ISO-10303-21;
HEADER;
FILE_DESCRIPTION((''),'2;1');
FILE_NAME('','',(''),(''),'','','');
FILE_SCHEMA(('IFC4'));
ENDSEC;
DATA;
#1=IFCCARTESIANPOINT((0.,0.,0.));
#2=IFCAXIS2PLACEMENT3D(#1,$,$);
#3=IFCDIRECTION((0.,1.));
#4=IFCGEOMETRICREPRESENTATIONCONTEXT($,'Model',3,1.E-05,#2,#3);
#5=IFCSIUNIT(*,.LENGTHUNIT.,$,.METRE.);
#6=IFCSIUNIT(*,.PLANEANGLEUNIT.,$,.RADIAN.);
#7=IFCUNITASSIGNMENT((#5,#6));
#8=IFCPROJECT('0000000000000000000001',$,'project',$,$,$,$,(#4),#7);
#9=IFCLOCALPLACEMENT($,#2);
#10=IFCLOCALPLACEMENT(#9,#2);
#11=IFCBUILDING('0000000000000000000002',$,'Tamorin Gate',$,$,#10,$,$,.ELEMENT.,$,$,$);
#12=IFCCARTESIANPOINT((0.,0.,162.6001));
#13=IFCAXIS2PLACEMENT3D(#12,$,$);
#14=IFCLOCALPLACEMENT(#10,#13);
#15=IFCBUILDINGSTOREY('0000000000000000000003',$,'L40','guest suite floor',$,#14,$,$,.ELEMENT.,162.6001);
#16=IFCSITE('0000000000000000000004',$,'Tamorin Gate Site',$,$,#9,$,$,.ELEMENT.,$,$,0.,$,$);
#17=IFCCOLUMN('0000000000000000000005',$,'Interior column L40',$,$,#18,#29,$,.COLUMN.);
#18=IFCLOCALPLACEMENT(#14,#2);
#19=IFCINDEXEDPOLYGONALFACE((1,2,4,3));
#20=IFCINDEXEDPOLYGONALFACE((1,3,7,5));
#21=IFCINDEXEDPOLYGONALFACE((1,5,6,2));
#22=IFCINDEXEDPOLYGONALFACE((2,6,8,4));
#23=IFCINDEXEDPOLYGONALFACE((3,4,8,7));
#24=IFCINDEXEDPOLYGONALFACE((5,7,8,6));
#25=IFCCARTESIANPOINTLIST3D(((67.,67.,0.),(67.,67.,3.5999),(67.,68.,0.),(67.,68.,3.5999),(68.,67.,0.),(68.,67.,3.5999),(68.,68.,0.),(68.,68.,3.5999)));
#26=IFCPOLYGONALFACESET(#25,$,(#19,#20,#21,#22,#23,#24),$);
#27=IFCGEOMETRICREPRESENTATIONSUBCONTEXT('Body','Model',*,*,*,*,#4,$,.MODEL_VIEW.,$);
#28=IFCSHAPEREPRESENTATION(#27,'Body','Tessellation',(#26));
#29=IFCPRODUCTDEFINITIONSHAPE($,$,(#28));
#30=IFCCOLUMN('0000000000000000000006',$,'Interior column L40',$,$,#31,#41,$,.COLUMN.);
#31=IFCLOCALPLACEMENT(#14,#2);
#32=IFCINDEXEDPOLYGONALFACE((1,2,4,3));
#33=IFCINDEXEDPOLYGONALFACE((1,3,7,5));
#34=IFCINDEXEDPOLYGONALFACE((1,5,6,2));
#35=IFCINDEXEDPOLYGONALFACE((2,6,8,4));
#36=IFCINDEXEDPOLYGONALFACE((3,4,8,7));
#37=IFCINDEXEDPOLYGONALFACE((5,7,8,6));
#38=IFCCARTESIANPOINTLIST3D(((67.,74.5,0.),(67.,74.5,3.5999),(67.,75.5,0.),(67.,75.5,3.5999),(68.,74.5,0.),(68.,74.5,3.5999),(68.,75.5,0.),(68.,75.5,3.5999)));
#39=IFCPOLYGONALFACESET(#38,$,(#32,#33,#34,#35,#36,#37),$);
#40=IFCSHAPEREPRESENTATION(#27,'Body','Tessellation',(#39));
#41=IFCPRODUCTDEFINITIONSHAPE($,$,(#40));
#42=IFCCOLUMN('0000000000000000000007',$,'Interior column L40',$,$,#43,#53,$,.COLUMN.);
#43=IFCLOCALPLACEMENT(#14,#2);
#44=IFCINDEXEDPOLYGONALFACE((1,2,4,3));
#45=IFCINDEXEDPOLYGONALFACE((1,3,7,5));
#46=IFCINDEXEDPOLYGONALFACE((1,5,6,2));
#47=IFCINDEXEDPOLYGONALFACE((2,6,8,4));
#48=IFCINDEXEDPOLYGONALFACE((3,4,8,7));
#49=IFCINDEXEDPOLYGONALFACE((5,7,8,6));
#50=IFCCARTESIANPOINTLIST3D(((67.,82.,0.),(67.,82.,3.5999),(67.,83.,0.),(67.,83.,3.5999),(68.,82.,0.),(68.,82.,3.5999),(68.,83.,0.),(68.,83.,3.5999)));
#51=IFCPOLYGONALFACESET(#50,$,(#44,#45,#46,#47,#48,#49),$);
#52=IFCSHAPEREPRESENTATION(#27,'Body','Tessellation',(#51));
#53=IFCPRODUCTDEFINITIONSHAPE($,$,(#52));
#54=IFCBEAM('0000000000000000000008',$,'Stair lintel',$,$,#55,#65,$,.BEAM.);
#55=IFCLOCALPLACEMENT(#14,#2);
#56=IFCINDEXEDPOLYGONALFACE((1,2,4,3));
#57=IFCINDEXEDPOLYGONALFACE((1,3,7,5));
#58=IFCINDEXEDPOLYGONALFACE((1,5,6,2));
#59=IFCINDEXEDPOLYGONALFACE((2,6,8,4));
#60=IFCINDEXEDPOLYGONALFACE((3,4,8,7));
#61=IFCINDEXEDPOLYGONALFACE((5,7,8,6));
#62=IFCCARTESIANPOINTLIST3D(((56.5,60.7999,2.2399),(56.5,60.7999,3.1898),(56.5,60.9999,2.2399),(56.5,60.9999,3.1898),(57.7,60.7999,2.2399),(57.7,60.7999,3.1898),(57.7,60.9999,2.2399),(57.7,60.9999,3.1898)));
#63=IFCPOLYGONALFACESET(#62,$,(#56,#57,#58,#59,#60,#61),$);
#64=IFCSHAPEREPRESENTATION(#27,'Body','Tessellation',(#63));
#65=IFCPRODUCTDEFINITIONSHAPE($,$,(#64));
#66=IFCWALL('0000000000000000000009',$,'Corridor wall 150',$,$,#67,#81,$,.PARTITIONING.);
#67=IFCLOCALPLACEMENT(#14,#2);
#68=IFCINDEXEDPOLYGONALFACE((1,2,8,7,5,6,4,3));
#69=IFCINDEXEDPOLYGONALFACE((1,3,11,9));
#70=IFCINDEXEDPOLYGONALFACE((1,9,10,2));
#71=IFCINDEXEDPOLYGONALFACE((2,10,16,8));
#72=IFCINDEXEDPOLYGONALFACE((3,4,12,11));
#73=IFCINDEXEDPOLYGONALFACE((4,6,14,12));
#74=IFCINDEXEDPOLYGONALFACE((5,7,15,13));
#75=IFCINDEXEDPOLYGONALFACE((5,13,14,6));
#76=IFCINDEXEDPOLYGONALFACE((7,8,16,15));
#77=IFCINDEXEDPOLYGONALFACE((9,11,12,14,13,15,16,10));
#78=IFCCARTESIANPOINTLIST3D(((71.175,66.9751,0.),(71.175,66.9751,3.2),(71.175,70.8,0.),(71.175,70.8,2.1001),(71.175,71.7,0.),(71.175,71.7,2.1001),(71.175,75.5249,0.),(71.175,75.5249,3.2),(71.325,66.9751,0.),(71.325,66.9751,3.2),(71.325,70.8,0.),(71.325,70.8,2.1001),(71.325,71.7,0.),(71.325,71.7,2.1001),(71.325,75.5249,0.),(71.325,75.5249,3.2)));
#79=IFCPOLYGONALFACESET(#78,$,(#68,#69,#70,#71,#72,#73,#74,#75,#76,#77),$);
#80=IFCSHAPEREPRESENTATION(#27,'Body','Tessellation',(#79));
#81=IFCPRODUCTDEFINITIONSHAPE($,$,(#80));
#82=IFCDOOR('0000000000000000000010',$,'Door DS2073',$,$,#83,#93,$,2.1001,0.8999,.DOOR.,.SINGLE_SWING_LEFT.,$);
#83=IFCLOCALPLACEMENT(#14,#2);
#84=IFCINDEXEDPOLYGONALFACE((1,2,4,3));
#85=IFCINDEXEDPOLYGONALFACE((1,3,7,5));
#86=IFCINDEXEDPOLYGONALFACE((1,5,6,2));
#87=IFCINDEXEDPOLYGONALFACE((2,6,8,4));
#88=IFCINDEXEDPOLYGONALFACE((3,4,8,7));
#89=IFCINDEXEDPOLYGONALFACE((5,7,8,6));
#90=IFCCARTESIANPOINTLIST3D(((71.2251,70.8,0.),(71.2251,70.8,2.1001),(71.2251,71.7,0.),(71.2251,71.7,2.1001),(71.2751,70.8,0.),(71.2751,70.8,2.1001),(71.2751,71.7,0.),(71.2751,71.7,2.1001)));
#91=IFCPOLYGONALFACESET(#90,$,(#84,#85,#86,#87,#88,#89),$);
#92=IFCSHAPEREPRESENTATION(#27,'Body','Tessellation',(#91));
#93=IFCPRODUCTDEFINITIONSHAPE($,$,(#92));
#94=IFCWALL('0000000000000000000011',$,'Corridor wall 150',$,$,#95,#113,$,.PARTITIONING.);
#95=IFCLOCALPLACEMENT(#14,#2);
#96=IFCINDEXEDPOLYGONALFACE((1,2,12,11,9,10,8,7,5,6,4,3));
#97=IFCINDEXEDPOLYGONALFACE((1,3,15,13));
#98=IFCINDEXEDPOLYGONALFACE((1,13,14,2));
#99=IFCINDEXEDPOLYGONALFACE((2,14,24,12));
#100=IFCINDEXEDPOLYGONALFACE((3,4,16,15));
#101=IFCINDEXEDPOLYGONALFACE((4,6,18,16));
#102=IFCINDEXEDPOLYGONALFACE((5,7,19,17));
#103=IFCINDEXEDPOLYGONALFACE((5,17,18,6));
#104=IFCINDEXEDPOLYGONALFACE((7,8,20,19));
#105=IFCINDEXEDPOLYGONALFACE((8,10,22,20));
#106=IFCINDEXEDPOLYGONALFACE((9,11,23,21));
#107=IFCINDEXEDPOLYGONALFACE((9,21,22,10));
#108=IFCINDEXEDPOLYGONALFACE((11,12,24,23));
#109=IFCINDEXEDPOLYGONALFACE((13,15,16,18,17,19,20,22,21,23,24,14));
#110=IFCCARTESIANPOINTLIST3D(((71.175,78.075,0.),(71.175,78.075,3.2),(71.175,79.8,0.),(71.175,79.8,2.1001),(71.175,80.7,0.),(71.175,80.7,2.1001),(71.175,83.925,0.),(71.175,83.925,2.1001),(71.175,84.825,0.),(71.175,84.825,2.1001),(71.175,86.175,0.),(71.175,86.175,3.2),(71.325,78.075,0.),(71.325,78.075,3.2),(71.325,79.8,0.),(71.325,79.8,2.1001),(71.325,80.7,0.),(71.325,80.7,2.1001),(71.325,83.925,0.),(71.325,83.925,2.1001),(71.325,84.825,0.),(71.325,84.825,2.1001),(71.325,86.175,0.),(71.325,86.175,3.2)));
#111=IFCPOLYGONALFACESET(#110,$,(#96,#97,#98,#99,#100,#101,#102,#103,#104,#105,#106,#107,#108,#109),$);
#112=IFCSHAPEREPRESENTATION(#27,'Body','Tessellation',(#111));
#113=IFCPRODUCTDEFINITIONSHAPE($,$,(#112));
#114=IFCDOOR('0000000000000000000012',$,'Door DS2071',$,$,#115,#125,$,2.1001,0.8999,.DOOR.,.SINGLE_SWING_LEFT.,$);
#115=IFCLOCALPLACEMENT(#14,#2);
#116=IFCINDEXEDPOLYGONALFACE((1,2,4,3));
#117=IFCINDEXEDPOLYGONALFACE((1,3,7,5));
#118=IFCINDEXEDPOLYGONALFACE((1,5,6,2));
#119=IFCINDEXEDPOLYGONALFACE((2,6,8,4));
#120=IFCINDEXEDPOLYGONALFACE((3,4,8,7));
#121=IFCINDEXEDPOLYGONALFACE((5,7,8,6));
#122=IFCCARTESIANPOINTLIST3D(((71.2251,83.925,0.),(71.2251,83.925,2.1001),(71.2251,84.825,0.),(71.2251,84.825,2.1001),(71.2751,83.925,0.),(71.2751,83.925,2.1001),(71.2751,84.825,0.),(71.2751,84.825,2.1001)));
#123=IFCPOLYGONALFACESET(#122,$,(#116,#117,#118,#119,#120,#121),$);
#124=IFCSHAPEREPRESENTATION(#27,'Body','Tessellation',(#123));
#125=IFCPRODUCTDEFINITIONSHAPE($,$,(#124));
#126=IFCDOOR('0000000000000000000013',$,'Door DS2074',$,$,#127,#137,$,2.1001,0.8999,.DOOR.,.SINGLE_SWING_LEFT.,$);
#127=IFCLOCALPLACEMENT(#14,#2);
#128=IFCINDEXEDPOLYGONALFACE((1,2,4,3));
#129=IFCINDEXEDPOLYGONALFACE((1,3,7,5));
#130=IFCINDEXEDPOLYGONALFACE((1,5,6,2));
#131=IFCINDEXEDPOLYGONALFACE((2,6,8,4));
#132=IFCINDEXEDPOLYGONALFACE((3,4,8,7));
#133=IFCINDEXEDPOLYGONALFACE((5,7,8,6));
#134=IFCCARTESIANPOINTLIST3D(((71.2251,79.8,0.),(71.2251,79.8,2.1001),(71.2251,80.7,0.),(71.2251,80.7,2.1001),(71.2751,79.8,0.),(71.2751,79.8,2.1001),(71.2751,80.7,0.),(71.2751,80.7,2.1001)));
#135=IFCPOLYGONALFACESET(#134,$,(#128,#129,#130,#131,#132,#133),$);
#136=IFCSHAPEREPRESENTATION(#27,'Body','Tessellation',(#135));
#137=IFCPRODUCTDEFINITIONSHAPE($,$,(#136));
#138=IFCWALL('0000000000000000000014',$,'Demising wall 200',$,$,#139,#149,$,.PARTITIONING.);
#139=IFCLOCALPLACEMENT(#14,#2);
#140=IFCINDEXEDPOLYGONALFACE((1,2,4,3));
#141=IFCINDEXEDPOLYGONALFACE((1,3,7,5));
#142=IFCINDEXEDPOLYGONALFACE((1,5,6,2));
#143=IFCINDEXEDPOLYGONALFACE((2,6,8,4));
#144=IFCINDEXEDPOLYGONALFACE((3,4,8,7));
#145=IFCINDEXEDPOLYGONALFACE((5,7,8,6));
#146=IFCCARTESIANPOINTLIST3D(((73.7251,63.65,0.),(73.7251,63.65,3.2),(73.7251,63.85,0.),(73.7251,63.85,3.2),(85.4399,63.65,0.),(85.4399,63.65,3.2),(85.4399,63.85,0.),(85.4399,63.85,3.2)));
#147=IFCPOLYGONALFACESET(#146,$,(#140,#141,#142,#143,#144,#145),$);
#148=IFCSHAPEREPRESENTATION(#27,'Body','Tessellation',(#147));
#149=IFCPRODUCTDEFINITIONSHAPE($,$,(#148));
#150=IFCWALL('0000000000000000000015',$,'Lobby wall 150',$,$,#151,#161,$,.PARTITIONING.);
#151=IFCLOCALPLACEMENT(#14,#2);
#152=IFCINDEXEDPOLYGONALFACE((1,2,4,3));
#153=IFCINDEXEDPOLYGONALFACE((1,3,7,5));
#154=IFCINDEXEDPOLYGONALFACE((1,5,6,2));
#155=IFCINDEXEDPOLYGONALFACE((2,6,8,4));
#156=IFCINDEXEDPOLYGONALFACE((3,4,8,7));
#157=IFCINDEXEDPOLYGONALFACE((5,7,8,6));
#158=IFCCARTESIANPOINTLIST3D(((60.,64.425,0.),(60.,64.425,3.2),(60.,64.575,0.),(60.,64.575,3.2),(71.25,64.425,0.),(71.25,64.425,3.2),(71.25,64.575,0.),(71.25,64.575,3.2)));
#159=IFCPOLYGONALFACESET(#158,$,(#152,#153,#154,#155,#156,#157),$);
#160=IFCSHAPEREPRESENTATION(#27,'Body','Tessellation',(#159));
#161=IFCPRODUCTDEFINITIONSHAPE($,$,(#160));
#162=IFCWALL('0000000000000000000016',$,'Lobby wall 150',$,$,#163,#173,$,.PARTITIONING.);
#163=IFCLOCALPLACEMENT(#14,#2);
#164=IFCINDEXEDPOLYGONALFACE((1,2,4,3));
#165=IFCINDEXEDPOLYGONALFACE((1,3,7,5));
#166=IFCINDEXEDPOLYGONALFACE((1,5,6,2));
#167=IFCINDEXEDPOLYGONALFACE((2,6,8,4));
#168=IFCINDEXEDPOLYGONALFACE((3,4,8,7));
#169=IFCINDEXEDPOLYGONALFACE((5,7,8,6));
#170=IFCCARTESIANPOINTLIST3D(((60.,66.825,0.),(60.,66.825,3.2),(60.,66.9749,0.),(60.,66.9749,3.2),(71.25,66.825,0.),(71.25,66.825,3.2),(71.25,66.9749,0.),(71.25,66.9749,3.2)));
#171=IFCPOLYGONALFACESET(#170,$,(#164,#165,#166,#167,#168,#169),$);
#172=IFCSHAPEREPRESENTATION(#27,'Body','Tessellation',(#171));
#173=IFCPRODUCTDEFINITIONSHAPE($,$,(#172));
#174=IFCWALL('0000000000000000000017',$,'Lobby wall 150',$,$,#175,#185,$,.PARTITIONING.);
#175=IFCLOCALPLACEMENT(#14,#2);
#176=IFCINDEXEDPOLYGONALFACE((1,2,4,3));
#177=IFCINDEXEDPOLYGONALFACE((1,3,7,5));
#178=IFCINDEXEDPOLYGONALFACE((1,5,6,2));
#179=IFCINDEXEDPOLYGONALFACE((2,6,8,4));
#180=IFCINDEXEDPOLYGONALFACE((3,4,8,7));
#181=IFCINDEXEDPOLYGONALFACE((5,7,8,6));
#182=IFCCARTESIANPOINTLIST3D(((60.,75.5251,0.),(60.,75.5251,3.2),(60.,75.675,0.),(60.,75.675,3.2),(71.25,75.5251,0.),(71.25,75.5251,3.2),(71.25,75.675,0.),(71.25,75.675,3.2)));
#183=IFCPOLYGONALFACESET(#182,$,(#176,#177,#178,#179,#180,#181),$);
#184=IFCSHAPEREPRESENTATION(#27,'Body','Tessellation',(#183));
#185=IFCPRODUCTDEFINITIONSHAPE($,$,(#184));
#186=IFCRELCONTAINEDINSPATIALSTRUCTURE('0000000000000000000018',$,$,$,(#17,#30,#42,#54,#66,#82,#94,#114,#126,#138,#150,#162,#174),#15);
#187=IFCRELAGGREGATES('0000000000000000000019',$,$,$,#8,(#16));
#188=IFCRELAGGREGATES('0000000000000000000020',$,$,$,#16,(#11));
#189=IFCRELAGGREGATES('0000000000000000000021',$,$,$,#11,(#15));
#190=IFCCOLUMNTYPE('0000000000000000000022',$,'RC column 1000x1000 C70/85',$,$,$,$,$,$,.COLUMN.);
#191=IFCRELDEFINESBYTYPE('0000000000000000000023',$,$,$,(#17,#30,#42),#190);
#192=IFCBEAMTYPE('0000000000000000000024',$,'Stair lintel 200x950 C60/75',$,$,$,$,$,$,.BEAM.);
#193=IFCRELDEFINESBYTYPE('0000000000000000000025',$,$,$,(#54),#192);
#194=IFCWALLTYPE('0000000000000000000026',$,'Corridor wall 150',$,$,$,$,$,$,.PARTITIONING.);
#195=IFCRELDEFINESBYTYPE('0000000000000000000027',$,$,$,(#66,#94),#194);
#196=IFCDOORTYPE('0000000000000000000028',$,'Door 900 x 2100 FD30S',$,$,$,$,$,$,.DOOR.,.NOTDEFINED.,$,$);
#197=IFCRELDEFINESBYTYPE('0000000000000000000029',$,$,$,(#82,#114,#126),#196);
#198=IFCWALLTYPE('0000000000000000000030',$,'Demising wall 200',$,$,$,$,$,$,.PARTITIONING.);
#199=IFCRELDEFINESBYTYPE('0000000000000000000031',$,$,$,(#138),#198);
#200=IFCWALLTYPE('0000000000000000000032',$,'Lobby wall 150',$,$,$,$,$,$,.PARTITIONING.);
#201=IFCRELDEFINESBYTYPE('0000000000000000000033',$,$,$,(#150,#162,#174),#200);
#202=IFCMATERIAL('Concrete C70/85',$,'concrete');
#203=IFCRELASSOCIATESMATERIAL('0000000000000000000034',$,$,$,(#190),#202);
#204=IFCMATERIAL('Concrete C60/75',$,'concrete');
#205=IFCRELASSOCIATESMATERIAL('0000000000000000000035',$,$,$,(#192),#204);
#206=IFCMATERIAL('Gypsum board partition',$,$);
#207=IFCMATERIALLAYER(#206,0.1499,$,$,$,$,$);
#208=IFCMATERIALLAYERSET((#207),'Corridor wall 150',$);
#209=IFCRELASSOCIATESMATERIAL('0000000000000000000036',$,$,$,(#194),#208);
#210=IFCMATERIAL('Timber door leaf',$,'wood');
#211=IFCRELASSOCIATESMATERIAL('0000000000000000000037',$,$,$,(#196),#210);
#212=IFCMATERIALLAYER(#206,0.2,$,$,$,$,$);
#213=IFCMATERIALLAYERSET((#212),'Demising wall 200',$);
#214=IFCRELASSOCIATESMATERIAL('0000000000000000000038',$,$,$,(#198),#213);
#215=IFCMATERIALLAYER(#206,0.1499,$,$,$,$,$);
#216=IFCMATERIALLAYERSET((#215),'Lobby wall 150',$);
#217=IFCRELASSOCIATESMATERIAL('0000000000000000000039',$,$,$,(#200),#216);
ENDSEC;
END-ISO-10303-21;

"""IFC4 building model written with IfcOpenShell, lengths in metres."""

from ifc_helpers import new_model, si_unit, direction, frame, frame_2d, origin, origin_2d, place, context, subcontext, project, spatial, rectangle, extrude, material, layer, layer_set, material_profile, profile_set, type_object, element, fill, save


model = new_model("IFC4")

# Units and contexts
model_context = context("Model", 3, precision=1e-05, world=origin(), true_north=direction((0.0, 1.0)))
body_context = subcontext(model_context, "Body", "Model", "MODEL_VIEW")
ifc_project = project(units=[si_unit("LENGTHUNIT", "METRE"), si_unit("PLANEANGLEUNIT", "RADIAN")], contexts=[model_context])

# Site, building, storey
site_placement = place(None, origin())
site = spatial("IfcSite", under=ifc_project, at=site_placement, Name="Tamorin Gate Site", CompositionType="ELEMENT", RefElevation=0.0)
building_placement = place(site_placement, origin())
building = spatial("IfcBuilding", under=site, at=building_placement, Name="Tamorin Gate", CompositionType="ELEMENT")
storey_placement = place(building_placement, frame((0.0, 0.0, 162.6001)))
storey = spatial("IfcBuildingStorey", under=building, at=storey_placement, Name="L40", Description="guest suite floor", CompositionType="ELEMENT", Elevation=162.6001)

# Columns
ifc_material_1 = material(Name="Concrete C70/85", Category="concrete")
ifc_material_profile_1 = material_profile(ifc_material_1, rectangle(XDim=1.0, YDim=1.0, at=origin_2d()), Name="RC 1000x1000")
ifc_profile_set_1 = profile_set([ifc_material_profile_1], Name="Concrete C70/85")
column_type = type_object("IfcColumnType", Name="RC column 1000x1000 C70/85", PredefinedType="COLUMN", material=ifc_profile_set_1)
for number, where, z_axis, x_axis, name in (
    (1, (67.5, 67.5, 0.0), (0.0, 0.0, 1.0), (1.0, 0.0, 0.0), "Interior column L40"),
    (2, (67.5, 75.0, 0.0), (0.0, 0.0, 1.0), (1.0, 0.0, 0.0), "Interior column L40"),
    (3, (67.5, 82.5, 0.0), (0.0, 0.0, 1.0), (1.0, 0.0, 0.0), "Interior column L40"),
):
    element("IfcColumn", number, at=place(storey_placement, frame(where, z_axis=z_axis, x_axis=x_axis)), inside=storey, type_object=column_type, Name=name, PredefinedType="COLUMN", context=body_context, shape_type="SweptSolid", body=[
        extrude(rectangle(XDim=1.0, YDim=1.0, at=origin_2d()), origin(), (0.0, 0.0, 1.0), 3.5999),
    ])

# Beam
ifc_material_2 = material(Name="Concrete C60/75", Category="concrete")
ifc_material_profile_2 = material_profile(ifc_material_2, rectangle(XDim=0.2, YDim=0.95, at=origin_2d()))
ifc_profile_set_2 = profile_set([ifc_material_profile_2], Name="Concrete C60/75")
beam_type = type_object("IfcBeamType", Name="Stair lintel 200x950 C60/75", PredefinedType="BEAM", material=ifc_profile_set_2)
beam_placement = place(storey_placement, frame((56.5, 60.8999, 2.7148), z_axis=(1.0, 0.0, 0.0), x_axis=(0.0, 1.0, 0.0)))
element("IfcBeam", 4, at=beam_placement, inside=storey, type_object=beam_type, Name="Stair lintel", PredefinedType="BEAM", context=body_context, shape_type="SweptSolid", body=[
    extrude(rectangle(XDim=0.2, YDim=0.95, at=origin_2d()), origin(), (0.0, 0.0, 1.0), 1.2),
])

# Wall, opening, door
ifc_material_3 = material(Name="Gypsum board partition")
ifc_layer_1 = layer(ifc_material_3, 0.1499)
ifc_layer_set_1 = layer_set([ifc_layer_1], Name="Corridor wall 150")
wall_type_1 = type_object("IfcWallType", Name="Corridor wall 150", PredefinedType="PARTITIONING", material=ifc_layer_set_1)
wall_1_placement = place(storey_placement, frame((71.25, 66.9751, 0.0), z_axis=(0.0, 0.0, 1.0), x_axis=(0.0, 1.0, 0.0)))
wall_1 = element("IfcWall", 5, at=wall_1_placement, inside=storey, type_object=wall_type_1, Name="Corridor wall 150", PredefinedType="PARTITIONING", context=body_context, shape_type="SweptSolid", body=[
    extrude(rectangle(XDim=8.5498, YDim=0.1499, at=frame_2d((4.2749, 0.0))), origin(), (0.0, 0.0, 1.0), 3.2),
])
opening_1_placement = place(wall_1_placement, frame((3.825, 0.0, 0.0)))
opening_1 = element("IfcOpeningElement", 6, at=opening_1_placement, cuts=wall_1, PredefinedType="OPENING", context=body_context, shape_type="SweptSolid", body=[
    extrude(rectangle(XDim=0.8999, YDim=2.1001, at=frame_2d((0.45, 1.05))), frame((0.0, 0.085, 0.0), z_axis=(0.0, -1.0, 0.0), x_axis=(1.0, 0.0, 0.0)), (0.0, 0.0, 1.0), 0.1699),
])
ifc_material_4 = material(Name="Timber door leaf", Category="wood")
door_type_1 = type_object("IfcDoorType", Name="Door 900 x 2100 FD30S", OperationType="NOTDEFINED", PredefinedType="DOOR", material=ifc_material_4)
door_1_placement = place(opening_1_placement, origin())
door_1 = element("IfcDoor", 7, at=door_1_placement, inside=storey, type_object=door_type_1, Name="Door DS2073", OperationType="SINGLE_SWING_LEFT", OverallHeight=2.1001, OverallWidth=0.8999, PredefinedType="DOOR", context=body_context, shape_type="SweptSolid", body=[
    extrude(rectangle(XDim=0.8999, YDim=2.1001, at=frame_2d((0.45, 1.05))), frame((0.0, 0.0249, 0.0), z_axis=(0.0, -1.0, 0.0), x_axis=(1.0, 0.0, 0.0)), (0.0, 0.0, 1.0), 0.05),
])
fill(opening_1, door_1)

# Wall, openings, doors
wall_2_placement = place(storey_placement, frame((71.25, 78.075, 0.0), z_axis=(0.0, 0.0, 1.0), x_axis=(0.0, 1.0, 0.0)))
wall_2 = element("IfcWall", 8, at=wall_2_placement, inside=storey, type_object=wall_type_1, Name="Corridor wall 150", PredefinedType="PARTITIONING", context=body_context, shape_type="SweptSolid", body=[
    extrude(rectangle(XDim=8.1001, YDim=0.1499, at=frame_2d((4.05, 0.0))), origin(), (0.0, 0.0, 1.0), 3.2),
])
opening_2_placement = place(wall_2_placement, frame((5.8501, 0.0, 0.0)))
opening_2 = element("IfcOpeningElement", 9, at=opening_2_placement, cuts=wall_2, PredefinedType="OPENING", context=body_context, shape_type="SweptSolid", body=[
    extrude(rectangle(XDim=0.8999, YDim=2.1001, at=frame_2d((0.45, 1.05))), frame((0.0, 0.085, 0.0), z_axis=(0.0, -1.0, 0.0), x_axis=(1.0, 0.0, 0.0)), (0.0, 0.0, 1.0), 0.1699),
])
opening_3_placement = place(wall_2_placement, frame((1.7251, 0.0, 0.0)))
opening_3 = element("IfcOpeningElement", 10, at=opening_3_placement, cuts=wall_2, PredefinedType="OPENING", context=body_context, shape_type="SweptSolid", body=[
    extrude(rectangle(XDim=0.8999, YDim=2.1001, at=frame_2d((0.45, 1.05))), frame((0.0, 0.085, 0.0), z_axis=(0.0, -1.0, 0.0), x_axis=(1.0, 0.0, 0.0)), (0.0, 0.0, 1.0), 0.1699),
])
door_2_placement = place(opening_2_placement, origin())
door_2 = element("IfcDoor", 11, at=door_2_placement, inside=storey, type_object=door_type_1, Name="Door DS2071", OperationType="SINGLE_SWING_LEFT", OverallHeight=2.1001, OverallWidth=0.8999, PredefinedType="DOOR", context=body_context, shape_type="SweptSolid", body=[
    extrude(rectangle(XDim=0.8999, YDim=2.1001, at=frame_2d((0.45, 1.05))), frame((0.0, 0.0249, 0.0), z_axis=(0.0, -1.0, 0.0), x_axis=(1.0, 0.0, 0.0)), (0.0, 0.0, 1.0), 0.05),
])
fill(opening_2, door_2)
door_3_placement = place(opening_3_placement, origin())
door_3 = element("IfcDoor", 12, at=door_3_placement, inside=storey, type_object=door_type_1, Name="Door DS2074", OperationType="SINGLE_SWING_LEFT", OverallHeight=2.1001, OverallWidth=0.8999, PredefinedType="DOOR", context=body_context, shape_type="SweptSolid", body=[
    extrude(rectangle(XDim=0.8999, YDim=2.1001, at=frame_2d((0.45, 1.05))), frame((0.0, 0.0249, 0.0), z_axis=(0.0, -1.0, 0.0), x_axis=(1.0, 0.0, 0.0)), (0.0, 0.0, 1.0), 0.05),
])
fill(opening_3, door_3)

# Walls
ifc_layer_2 = layer(ifc_material_3, 0.2)
ifc_layer_set_2 = layer_set([ifc_layer_2], Name="Demising wall 200")
wall_type_2 = type_object("IfcWallType", Name="Demising wall 200", PredefinedType="PARTITIONING", material=ifc_layer_set_2)
wall_3_placement = place(storey_placement, frame((73.7251, 63.75, 0.0), z_axis=(0.0, 0.0, 1.0), x_axis=(1.0, 0.0, 0.0)))
element("IfcWall", 13, at=wall_3_placement, inside=storey, type_object=wall_type_2, Name="Demising wall 200", PredefinedType="PARTITIONING", context=body_context, shape_type="SweptSolid", body=[
    extrude(rectangle(XDim=11.7148, YDim=0.2, at=frame_2d((5.8574, 0.0))), origin(), (0.0, 0.0, 1.0), 3.2),
])
ifc_layer_3 = layer(ifc_material_3, 0.1499)
ifc_layer_set_3 = layer_set([ifc_layer_3], Name="Lobby wall 150")
wall_type_3 = type_object("IfcWallType", Name="Lobby wall 150", PredefinedType="PARTITIONING", material=ifc_layer_set_3)
for number, where, z_axis, x_axis, name in (
    (14, (60.0, 64.5, 0.0), (0.0, 0.0, 1.0), (1.0, 0.0, 0.0), "Lobby wall 150"),
    (15, (60.0, 66.8999, 0.0), (0.0, 0.0, 1.0), (1.0, 0.0, 0.0), "Lobby wall 150"),
    (16, (60.0, 75.6001, 0.0), (0.0, 0.0, 1.0), (1.0, 0.0, 0.0), "Lobby wall 150"),
):
    element("IfcWall", number, at=place(storey_placement, frame(where, z_axis=z_axis, x_axis=x_axis)), inside=storey, type_object=wall_type_3, Name=name, PredefinedType="PARTITIONING", context=body_context, shape_type="SweptSolid", body=[
        extrude(rectangle(XDim=11.25, YDim=0.1499, at=frame_2d((5.625, 0.0))), origin(), (0.0, 0.0, 1.0), 3.2),
    ])

save(model, "model.ifc")
